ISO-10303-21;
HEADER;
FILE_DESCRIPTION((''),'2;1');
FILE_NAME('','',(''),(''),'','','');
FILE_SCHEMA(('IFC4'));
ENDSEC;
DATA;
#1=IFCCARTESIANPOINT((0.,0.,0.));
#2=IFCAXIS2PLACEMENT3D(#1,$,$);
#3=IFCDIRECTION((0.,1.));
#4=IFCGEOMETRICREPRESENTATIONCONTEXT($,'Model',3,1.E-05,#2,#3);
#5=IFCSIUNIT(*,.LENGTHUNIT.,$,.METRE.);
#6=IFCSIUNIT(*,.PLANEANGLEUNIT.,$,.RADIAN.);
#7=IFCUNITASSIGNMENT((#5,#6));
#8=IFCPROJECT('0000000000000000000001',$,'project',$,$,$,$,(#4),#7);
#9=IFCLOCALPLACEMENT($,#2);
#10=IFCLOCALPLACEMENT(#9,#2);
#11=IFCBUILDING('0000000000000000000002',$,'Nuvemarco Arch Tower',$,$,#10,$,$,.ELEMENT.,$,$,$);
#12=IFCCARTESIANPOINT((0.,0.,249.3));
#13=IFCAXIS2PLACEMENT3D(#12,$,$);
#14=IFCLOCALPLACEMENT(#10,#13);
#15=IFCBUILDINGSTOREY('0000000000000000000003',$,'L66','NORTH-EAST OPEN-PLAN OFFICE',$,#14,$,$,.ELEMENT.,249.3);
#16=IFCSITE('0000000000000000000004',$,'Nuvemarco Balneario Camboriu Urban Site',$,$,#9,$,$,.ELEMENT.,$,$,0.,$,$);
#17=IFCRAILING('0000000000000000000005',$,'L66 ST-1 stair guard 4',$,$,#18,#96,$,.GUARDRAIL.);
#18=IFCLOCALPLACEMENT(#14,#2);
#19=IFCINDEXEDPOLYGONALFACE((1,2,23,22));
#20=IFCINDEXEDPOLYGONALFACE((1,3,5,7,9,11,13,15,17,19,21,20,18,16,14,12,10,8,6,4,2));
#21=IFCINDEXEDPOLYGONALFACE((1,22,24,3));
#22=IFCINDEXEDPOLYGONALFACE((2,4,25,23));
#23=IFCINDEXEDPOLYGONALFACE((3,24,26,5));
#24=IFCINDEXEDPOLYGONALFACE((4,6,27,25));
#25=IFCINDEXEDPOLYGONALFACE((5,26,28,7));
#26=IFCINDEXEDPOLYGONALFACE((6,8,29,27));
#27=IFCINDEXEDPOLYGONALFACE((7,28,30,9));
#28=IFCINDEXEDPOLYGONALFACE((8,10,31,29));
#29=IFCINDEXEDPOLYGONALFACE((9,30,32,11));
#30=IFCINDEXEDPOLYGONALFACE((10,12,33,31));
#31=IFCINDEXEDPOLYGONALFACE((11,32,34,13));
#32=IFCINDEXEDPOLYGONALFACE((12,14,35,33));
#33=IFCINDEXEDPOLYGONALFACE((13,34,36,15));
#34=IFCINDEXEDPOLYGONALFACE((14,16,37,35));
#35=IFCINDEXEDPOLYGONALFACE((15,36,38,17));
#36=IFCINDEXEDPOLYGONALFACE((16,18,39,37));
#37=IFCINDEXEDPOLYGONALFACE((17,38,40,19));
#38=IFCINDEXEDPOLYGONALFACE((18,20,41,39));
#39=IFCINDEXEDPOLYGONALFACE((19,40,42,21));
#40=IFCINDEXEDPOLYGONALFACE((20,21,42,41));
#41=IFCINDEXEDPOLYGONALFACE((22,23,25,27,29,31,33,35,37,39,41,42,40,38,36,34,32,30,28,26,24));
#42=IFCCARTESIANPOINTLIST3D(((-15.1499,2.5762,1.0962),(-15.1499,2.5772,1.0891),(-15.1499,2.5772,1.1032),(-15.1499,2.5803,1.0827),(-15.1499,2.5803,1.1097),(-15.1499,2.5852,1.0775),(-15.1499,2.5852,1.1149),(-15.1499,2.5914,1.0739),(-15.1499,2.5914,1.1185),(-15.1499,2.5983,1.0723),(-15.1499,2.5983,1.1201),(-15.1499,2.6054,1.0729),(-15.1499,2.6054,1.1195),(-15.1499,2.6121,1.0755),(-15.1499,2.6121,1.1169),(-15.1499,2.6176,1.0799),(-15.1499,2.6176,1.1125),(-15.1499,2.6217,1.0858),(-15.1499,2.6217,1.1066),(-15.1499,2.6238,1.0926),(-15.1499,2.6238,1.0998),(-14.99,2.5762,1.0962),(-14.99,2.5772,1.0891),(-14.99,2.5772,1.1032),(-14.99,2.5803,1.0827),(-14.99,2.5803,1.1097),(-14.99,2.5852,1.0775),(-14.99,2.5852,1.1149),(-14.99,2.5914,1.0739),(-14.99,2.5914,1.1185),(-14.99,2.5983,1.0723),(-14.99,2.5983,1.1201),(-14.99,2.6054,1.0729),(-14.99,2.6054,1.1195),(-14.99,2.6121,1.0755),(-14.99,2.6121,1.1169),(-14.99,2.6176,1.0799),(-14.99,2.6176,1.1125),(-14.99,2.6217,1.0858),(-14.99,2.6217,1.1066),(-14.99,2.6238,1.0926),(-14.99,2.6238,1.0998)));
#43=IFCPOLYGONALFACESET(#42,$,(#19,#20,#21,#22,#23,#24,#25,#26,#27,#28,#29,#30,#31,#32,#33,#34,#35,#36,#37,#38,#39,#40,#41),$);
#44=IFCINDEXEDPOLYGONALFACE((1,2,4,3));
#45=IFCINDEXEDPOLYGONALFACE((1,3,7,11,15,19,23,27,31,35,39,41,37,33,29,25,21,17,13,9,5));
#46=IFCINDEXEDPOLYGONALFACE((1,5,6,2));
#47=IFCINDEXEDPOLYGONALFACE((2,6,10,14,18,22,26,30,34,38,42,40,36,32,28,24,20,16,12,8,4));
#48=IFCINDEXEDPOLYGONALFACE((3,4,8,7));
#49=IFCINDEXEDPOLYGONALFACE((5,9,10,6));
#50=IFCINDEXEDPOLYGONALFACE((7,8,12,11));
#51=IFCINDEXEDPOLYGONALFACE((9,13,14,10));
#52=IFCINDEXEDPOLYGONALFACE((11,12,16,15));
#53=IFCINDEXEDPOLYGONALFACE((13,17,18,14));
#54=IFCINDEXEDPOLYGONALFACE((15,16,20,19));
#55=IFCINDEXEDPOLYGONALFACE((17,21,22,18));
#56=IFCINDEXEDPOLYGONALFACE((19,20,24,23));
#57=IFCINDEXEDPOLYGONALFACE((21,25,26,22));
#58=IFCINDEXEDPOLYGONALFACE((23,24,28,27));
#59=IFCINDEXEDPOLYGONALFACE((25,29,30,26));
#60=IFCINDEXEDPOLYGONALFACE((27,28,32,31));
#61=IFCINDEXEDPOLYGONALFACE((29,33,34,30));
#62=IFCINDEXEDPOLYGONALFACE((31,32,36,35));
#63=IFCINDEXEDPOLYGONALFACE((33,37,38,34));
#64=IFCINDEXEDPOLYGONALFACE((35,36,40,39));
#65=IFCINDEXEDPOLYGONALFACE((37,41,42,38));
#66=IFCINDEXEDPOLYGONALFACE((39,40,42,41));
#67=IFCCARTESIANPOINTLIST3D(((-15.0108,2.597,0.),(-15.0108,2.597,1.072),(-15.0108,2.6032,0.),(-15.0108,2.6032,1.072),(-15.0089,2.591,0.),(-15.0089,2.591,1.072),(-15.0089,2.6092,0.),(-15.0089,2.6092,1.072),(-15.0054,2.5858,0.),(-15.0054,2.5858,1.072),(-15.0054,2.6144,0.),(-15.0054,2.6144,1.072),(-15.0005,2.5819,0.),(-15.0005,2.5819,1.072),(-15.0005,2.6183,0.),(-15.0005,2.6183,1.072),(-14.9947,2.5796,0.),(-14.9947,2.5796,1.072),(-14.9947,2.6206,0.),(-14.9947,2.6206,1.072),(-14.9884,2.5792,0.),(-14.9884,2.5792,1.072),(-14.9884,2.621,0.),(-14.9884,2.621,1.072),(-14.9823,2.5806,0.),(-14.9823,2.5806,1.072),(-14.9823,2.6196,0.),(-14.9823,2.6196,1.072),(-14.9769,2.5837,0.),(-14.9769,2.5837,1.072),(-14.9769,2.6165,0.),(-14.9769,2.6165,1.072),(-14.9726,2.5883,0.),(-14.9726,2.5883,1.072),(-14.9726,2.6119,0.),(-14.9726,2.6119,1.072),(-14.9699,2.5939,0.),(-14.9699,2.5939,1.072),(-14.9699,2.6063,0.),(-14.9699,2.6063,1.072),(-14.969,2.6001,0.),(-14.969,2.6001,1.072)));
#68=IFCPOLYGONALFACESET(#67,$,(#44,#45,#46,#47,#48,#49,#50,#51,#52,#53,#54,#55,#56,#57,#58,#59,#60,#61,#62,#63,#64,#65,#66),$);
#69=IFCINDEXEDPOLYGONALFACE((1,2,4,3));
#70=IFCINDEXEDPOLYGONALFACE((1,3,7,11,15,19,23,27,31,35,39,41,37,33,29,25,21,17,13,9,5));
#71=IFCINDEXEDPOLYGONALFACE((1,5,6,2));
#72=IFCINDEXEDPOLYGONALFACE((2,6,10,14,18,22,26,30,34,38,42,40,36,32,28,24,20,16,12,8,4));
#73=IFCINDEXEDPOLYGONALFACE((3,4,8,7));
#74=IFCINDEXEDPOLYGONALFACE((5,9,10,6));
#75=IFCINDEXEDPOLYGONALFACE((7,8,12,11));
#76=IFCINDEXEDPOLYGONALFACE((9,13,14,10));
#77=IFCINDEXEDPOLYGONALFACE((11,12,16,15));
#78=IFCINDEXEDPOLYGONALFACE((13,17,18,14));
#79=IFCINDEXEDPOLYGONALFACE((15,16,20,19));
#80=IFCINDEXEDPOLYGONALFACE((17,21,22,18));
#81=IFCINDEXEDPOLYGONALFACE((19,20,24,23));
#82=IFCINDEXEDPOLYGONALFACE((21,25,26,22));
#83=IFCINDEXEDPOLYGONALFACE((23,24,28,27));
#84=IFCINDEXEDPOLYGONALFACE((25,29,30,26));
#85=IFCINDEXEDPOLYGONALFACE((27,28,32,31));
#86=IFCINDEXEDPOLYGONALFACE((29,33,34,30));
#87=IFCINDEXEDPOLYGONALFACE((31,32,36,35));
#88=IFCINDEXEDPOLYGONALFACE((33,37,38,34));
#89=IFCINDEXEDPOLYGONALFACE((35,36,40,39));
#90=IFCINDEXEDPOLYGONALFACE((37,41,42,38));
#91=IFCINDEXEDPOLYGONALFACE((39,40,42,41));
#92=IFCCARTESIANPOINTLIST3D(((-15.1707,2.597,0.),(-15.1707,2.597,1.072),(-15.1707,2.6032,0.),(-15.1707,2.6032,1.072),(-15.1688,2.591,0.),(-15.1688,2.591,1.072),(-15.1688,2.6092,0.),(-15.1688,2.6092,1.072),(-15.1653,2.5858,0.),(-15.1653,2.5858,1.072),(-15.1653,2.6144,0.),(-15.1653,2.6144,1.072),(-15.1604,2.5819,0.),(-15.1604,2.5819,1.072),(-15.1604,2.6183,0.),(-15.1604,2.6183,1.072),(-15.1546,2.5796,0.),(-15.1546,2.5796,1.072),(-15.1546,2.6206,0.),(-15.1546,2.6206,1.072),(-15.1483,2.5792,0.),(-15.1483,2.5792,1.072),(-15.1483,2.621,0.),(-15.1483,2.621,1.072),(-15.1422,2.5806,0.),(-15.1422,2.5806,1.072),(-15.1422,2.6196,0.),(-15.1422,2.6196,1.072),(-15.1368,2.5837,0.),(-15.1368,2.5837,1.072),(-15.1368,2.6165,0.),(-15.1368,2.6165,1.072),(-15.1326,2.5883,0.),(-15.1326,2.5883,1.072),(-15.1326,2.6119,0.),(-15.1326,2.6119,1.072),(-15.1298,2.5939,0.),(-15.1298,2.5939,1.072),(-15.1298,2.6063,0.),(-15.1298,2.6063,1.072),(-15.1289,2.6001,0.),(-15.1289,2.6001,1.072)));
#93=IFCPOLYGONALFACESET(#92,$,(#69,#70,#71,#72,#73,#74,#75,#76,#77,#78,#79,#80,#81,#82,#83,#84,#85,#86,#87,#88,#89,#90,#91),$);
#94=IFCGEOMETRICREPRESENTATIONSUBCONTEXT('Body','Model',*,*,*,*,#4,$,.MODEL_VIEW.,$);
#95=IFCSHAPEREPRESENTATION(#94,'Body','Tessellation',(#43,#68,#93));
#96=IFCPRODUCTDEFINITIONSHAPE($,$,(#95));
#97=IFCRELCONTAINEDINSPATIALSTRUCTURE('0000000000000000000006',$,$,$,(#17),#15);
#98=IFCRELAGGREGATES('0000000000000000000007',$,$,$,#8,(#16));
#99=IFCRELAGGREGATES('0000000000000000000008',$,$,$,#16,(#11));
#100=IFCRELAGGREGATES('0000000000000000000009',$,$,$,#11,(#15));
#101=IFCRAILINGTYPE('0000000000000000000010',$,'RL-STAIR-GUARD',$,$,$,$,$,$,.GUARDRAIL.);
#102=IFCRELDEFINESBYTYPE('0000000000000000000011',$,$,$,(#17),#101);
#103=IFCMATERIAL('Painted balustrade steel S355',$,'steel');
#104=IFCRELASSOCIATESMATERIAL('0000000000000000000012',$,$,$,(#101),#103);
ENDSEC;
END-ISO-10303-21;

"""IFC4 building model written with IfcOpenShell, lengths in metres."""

from ifc_helpers import new_model, si_unit, direction, frame, origin, origin_2d, place, context, subcontext, project, spatial, circle, extrude, material, type_object, element, save


model = new_model("IFC4")

# Units and contexts
model_context = context("Model", 3, precision=1e-05, world=origin(), true_north=direction((0.0, 1.0)))
body_context = subcontext(model_context, "Body", "Model", "MODEL_VIEW")
ifc_project = project(units=[si_unit("LENGTHUNIT", "METRE"), si_unit("PLANEANGLEUNIT", "RADIAN")], contexts=[model_context])

# Site, building, storey
site_placement = place(None, origin())
site = spatial("IfcSite", under=ifc_project, at=site_placement, Name="Nuvemarco Balneario Camboriu Urban Site", CompositionType="ELEMENT", RefElevation=0.0)
building_placement = place(site_placement, origin())
building = spatial("IfcBuilding", under=site, at=building_placement, Name="Nuvemarco Arch Tower", CompositionType="ELEMENT")
storey_placement = place(building_placement, frame((0.0, 0.0, 249.3)))
storey = spatial("IfcBuildingStorey", under=building, at=storey_placement, Name="L66", Description="NORTH-EAST OPEN-PLAN OFFICE", CompositionType="ELEMENT", Elevation=249.3)

# Railing
ifc_material_1 = material(Name="Painted balustrade steel S355", Category="steel")
railing_type_1 = type_object("IfcRailingType", Name="RL-STAIR-GUARD", PredefinedType="GUARDRAIL", material=ifc_material_1)
railing_1_placement = place(storey_placement, frame((-14.99, 2.6001, 0.0)))
element("IfcRailing", 1, at=railing_1_placement, inside=storey, type_object=railing_type_1, Name="L66 ST-1 stair guard 4", PredefinedType="GUARDRAIL", context=body_context, shape_type="SweptSolid", body=[
    extrude(circle(Radius=0.0239, at=origin_2d()), frame((0.0, 0.0, 1.0962), z_axis=(-1.0, 0.0, 0.0), x_axis=(0.0, -1.0, 0.0)), (0.0, 0.0, 1.0), 0.1599),
    extrude(circle(Radius=0.021, at=origin_2d()), origin(), (0.0, 0.0, 1.0), 1.072),
    extrude(circle(Radius=0.021, at=origin_2d()), frame((-0.1599, 0.0, 0.0)), (0.0, 0.0, 1.0), 1.072),
])

save(model, "model.ifc")
